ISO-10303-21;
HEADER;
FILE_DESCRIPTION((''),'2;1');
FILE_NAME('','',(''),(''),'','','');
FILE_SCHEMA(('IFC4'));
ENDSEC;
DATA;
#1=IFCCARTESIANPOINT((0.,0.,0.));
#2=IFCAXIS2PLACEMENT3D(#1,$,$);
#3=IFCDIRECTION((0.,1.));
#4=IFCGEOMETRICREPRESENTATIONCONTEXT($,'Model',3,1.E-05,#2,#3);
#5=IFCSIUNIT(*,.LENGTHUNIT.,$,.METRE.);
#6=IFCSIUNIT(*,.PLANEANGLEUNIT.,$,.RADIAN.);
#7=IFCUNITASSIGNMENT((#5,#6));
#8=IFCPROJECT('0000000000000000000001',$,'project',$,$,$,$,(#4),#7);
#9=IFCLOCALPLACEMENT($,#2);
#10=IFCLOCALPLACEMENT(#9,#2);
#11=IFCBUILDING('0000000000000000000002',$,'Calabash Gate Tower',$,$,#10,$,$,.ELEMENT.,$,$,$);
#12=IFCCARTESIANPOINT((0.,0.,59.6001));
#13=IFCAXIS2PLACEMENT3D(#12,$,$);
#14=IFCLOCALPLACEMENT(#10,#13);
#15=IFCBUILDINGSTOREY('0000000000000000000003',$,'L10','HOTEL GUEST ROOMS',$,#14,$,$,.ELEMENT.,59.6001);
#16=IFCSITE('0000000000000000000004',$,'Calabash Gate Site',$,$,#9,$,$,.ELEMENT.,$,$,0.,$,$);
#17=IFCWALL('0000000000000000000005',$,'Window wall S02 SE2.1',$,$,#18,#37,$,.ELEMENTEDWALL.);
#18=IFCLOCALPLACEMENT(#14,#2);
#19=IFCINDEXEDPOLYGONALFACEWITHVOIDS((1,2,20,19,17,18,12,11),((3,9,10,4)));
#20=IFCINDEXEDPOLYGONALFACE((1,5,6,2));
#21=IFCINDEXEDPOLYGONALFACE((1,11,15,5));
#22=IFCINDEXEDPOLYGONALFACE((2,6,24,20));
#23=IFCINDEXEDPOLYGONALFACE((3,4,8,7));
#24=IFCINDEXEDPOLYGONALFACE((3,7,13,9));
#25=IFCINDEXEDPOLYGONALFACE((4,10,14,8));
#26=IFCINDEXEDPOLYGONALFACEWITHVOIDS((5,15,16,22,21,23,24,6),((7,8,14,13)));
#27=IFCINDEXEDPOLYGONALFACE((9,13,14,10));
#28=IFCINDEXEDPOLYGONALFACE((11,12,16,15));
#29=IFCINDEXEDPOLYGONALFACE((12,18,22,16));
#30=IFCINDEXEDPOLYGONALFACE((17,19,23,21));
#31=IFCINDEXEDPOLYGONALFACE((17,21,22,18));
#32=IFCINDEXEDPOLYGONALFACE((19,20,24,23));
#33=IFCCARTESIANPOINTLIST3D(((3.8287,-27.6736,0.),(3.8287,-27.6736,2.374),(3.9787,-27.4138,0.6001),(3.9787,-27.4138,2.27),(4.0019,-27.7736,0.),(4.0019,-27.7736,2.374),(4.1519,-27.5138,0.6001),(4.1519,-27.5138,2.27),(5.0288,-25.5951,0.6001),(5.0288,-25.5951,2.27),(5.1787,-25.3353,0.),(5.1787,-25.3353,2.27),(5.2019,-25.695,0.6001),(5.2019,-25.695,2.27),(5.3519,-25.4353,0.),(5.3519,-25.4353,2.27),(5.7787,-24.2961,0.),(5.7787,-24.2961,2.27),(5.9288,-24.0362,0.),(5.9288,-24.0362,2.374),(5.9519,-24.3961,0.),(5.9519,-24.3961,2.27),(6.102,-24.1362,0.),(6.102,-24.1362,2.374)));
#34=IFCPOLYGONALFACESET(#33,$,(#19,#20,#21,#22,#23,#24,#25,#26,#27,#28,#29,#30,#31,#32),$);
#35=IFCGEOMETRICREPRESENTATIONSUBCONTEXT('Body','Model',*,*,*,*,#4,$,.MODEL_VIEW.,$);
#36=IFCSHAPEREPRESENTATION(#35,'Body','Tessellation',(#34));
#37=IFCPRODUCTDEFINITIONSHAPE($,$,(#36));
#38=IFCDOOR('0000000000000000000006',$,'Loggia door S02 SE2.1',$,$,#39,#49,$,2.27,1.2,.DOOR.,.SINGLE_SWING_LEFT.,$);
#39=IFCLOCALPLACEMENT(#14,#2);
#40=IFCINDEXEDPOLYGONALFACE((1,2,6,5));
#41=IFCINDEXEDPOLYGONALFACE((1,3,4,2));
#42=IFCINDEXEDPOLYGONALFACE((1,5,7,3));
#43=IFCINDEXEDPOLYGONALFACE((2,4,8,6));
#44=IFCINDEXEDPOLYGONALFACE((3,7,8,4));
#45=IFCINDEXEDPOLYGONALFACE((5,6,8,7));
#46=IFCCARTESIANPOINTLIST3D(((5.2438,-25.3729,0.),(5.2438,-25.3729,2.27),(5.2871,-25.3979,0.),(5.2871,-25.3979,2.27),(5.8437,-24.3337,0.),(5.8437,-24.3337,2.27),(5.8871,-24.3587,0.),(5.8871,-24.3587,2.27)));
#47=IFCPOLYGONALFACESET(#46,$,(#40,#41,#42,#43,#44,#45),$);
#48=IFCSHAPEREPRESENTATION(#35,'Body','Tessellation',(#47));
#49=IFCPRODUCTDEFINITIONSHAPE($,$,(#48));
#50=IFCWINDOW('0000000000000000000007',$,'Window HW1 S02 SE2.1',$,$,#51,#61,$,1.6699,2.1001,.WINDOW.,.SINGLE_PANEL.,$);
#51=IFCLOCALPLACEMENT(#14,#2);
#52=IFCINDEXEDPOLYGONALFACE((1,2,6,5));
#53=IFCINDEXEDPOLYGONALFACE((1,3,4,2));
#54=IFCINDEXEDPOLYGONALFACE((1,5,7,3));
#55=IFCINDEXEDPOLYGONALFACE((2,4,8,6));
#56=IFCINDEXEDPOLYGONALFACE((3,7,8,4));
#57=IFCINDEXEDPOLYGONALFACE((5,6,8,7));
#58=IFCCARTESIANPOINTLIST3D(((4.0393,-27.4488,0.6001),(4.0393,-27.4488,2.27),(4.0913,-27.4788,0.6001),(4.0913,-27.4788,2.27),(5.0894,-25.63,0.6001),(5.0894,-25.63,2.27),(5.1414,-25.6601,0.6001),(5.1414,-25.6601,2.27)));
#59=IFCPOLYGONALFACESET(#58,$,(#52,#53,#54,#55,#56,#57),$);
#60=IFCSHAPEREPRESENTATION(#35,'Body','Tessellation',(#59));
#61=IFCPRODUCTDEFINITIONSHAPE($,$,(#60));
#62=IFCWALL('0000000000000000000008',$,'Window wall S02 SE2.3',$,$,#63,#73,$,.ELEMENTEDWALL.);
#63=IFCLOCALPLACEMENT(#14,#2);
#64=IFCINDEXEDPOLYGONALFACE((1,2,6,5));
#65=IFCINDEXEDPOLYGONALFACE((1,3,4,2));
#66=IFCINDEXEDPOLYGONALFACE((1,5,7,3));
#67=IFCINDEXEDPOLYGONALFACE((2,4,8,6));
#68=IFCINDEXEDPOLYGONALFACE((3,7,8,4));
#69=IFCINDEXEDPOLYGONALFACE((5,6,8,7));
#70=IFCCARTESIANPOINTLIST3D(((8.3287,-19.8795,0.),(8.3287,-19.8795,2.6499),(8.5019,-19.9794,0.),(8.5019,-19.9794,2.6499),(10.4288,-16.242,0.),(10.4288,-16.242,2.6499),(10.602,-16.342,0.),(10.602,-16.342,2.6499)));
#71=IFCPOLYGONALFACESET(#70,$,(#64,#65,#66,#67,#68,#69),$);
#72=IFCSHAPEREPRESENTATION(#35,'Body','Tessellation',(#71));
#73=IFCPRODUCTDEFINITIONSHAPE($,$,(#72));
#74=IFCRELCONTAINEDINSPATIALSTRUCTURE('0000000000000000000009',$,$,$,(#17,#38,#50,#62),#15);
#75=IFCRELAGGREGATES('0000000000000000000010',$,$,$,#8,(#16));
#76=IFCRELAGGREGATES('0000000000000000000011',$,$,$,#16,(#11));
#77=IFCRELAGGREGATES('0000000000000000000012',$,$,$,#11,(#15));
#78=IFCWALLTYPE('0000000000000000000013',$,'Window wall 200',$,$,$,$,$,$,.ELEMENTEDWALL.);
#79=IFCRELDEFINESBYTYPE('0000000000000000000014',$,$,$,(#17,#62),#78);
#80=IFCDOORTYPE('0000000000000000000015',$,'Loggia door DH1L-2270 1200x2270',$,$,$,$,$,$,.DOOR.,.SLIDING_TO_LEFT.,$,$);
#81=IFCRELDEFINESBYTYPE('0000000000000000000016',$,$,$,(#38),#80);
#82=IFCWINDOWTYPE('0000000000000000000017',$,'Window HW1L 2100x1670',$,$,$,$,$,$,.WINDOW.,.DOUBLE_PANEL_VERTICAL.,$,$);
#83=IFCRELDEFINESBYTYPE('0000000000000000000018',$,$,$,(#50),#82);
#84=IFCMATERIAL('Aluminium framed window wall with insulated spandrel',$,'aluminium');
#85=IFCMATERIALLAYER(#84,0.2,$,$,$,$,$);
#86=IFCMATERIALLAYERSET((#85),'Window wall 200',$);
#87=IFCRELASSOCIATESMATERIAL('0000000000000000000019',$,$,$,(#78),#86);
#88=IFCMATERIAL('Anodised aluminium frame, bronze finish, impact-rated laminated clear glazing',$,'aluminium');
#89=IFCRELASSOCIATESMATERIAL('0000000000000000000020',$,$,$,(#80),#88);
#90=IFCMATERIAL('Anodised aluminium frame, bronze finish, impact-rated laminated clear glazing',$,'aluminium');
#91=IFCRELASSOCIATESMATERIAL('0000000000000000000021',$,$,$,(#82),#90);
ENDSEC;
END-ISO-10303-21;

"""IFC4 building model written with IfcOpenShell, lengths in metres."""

from ifc_helpers import new_model, si_unit, direction, frame, frame_2d, origin, place, context, subcontext, project, spatial, rectangle, extrude, material, layer, layer_set, type_object, element, fill, save


model = new_model("IFC4")

# Units and contexts
model_context = context("Model", 3, precision=1e-05, world=origin(), true_north=direction((0.0, 1.0)))
body_context = subcontext(model_context, "Body", "Model", "MODEL_VIEW")
ifc_project = project(units=[si_unit("LENGTHUNIT", "METRE"), si_unit("PLANEANGLEUNIT", "RADIAN")], contexts=[model_context])

# Site, building, storey
site_placement = place(None, origin())
site = spatial("IfcSite", under=ifc_project, at=site_placement, Name="Calabash Gate Site", CompositionType="ELEMENT", RefElevation=0.0)
building_placement = place(site_placement, origin())
building = spatial("IfcBuilding", under=site, at=building_placement, Name="Calabash Gate Tower", CompositionType="ELEMENT")
storey_placement = place(building_placement, frame((0.0, 0.0, 59.6001)))
storey = spatial("IfcBuildingStorey", under=building, at=storey_placement, Name="L10", Description="HOTEL GUEST ROOMS", CompositionType="ELEMENT", Elevation=59.6001)

# Wall, openings, door, window
ifc_material_1 = material(Name="Aluminium framed window wall with insulated spandrel", Category="aluminium")
ifc_layer_1 = layer(ifc_material_1, 0.2)
ifc_layer_set_1 = layer_set([ifc_layer_1], Name="Window wall 200")
wall_type_1 = type_object("IfcWallType", Name="Window wall 200", PredefinedType="ELEMENTEDWALL", material=ifc_layer_set_1)
wall_1_placement = place(storey_placement, frame((3.9153, -27.7236, 0.0), z_axis=(0.0, 0.0, 1.0), x_axis=(0.500003, 0.866024, 0.0)))
wall_1 = element("IfcWall", 1, at=wall_1_placement, inside=storey, type_object=wall_type_1, Name="Window wall S02 SE2.1", PredefinedType="ELEMENTEDWALL", context=body_context, shape_type="SweptSolid", body=[
    extrude(rectangle(XDim=4.2002, YDim=0.2, at=frame_2d((2.1001, 0.0))), origin(), (0.0, 0.0, 1.0), 2.374),
])
opening_1_placement = place(wall_1_placement, frame((0.3, 0.0, 0.6001)))
opening_1 = element("IfcOpeningElement", 2, at=opening_1_placement, cuts=wall_1, PredefinedType="OPENING", context=body_context, shape_type="SweptSolid", body=[
    extrude(rectangle(XDim=2.1001, YDim=1.6699, at=frame_2d((1.05, 0.835))), frame((0.0, 0.1099, 0.0), z_axis=(0.0, -1.0, 0.0), x_axis=(1.0, 0.0, 0.0)), (0.0, 0.0, 1.0), 0.22),
])
opening_2_placement = place(wall_1_placement, frame((2.7, 0.0, 0.0)))
opening_2 = element("IfcOpeningElement", 3, at=opening_2_placement, cuts=wall_1, PredefinedType="OPENING", context=body_context, shape_type="SweptSolid", body=[
    extrude(rectangle(XDim=1.2, YDim=2.27, at=frame_2d((0.6001, 1.135))), frame((0.0, 0.1099, 0.0), z_axis=(0.0, -1.0, 0.0), x_axis=(1.0, 0.0, 0.0)), (0.0, 0.0, 1.0), 0.22),
])
ifc_material_2 = material(Name="Anodised aluminium frame, bronze finish, impact-rated laminated clear glazing", Category="aluminium")
door_type_1 = type_object("IfcDoorType", Name="Loggia door DH1L-2270 1200x2270", OperationType="SLIDING_TO_LEFT", PredefinedType="DOOR", material=ifc_material_2)
door_1_placement = place(opening_2_placement, origin())
door_1 = element("IfcDoor", 4, at=door_1_placement, inside=storey, type_object=door_type_1, Name="Loggia door S02 SE2.1", OperationType="SINGLE_SWING_LEFT", OverallHeight=2.27, OverallWidth=1.2, PredefinedType="DOOR", context=body_context, shape_type="SweptSolid", body=[
    extrude(rectangle(XDim=1.2, YDim=2.27, at=frame_2d((0.6001, 1.135))), frame((0.0, 0.0249, 0.0), z_axis=(0.0, -1.0, 0.0), x_axis=(1.0, 0.0, 0.0)), (0.0, 0.0, 1.0), 0.05),
])
fill(opening_2, door_1)
ifc_material_3 = material(Name="Anodised aluminium frame, bronze finish, impact-rated laminated clear glazing", Category="aluminium")
window_type_1 = type_object("IfcWindowType", Name="Window HW1L 2100x1670", PartitioningType="DOUBLE_PANEL_VERTICAL", PredefinedType="WINDOW", material=ifc_material_3)
window_1_placement = place(opening_1_placement, origin())
window_1 = element("IfcWindow", 5, at=window_1_placement, inside=storey, type_object=window_type_1, Name="Window HW1 S02 SE2.1", OverallHeight=1.6699, OverallWidth=2.1001, PartitioningType="SINGLE_PANEL", PredefinedType="WINDOW", context=body_context, shape_type="SweptSolid", body=[
    extrude(rectangle(XDim=2.1001, YDim=1.6699, at=frame_2d((1.05, 0.835))), frame((0.0, 0.03, 0.0), z_axis=(0.0, -1.0, 0.0), x_axis=(1.0, 0.0, 0.0)), (0.0, 0.0, 1.0), 0.0601),
])
fill(opening_1, window_1)

# Wall
wall_2_placement = place(storey_placement, frame((8.4153, -19.9294, 0.0), z_axis=(0.0, 0.0, 1.0), x_axis=(0.500003, 0.866024, 0.0)))
element("IfcWall", 6, at=wall_2_placement, inside=storey, type_object=wall_type_1, Name="Window wall S02 SE2.3", PredefinedType="ELEMENTEDWALL", context=body_context, shape_type="SweptSolid", body=[
    extrude(rectangle(XDim=4.2002, YDim=0.2, at=frame_2d((2.1001, 0.0))), origin(), (0.0, 0.0, 1.0), 2.6499),
])

save(model, "model.ifc")
